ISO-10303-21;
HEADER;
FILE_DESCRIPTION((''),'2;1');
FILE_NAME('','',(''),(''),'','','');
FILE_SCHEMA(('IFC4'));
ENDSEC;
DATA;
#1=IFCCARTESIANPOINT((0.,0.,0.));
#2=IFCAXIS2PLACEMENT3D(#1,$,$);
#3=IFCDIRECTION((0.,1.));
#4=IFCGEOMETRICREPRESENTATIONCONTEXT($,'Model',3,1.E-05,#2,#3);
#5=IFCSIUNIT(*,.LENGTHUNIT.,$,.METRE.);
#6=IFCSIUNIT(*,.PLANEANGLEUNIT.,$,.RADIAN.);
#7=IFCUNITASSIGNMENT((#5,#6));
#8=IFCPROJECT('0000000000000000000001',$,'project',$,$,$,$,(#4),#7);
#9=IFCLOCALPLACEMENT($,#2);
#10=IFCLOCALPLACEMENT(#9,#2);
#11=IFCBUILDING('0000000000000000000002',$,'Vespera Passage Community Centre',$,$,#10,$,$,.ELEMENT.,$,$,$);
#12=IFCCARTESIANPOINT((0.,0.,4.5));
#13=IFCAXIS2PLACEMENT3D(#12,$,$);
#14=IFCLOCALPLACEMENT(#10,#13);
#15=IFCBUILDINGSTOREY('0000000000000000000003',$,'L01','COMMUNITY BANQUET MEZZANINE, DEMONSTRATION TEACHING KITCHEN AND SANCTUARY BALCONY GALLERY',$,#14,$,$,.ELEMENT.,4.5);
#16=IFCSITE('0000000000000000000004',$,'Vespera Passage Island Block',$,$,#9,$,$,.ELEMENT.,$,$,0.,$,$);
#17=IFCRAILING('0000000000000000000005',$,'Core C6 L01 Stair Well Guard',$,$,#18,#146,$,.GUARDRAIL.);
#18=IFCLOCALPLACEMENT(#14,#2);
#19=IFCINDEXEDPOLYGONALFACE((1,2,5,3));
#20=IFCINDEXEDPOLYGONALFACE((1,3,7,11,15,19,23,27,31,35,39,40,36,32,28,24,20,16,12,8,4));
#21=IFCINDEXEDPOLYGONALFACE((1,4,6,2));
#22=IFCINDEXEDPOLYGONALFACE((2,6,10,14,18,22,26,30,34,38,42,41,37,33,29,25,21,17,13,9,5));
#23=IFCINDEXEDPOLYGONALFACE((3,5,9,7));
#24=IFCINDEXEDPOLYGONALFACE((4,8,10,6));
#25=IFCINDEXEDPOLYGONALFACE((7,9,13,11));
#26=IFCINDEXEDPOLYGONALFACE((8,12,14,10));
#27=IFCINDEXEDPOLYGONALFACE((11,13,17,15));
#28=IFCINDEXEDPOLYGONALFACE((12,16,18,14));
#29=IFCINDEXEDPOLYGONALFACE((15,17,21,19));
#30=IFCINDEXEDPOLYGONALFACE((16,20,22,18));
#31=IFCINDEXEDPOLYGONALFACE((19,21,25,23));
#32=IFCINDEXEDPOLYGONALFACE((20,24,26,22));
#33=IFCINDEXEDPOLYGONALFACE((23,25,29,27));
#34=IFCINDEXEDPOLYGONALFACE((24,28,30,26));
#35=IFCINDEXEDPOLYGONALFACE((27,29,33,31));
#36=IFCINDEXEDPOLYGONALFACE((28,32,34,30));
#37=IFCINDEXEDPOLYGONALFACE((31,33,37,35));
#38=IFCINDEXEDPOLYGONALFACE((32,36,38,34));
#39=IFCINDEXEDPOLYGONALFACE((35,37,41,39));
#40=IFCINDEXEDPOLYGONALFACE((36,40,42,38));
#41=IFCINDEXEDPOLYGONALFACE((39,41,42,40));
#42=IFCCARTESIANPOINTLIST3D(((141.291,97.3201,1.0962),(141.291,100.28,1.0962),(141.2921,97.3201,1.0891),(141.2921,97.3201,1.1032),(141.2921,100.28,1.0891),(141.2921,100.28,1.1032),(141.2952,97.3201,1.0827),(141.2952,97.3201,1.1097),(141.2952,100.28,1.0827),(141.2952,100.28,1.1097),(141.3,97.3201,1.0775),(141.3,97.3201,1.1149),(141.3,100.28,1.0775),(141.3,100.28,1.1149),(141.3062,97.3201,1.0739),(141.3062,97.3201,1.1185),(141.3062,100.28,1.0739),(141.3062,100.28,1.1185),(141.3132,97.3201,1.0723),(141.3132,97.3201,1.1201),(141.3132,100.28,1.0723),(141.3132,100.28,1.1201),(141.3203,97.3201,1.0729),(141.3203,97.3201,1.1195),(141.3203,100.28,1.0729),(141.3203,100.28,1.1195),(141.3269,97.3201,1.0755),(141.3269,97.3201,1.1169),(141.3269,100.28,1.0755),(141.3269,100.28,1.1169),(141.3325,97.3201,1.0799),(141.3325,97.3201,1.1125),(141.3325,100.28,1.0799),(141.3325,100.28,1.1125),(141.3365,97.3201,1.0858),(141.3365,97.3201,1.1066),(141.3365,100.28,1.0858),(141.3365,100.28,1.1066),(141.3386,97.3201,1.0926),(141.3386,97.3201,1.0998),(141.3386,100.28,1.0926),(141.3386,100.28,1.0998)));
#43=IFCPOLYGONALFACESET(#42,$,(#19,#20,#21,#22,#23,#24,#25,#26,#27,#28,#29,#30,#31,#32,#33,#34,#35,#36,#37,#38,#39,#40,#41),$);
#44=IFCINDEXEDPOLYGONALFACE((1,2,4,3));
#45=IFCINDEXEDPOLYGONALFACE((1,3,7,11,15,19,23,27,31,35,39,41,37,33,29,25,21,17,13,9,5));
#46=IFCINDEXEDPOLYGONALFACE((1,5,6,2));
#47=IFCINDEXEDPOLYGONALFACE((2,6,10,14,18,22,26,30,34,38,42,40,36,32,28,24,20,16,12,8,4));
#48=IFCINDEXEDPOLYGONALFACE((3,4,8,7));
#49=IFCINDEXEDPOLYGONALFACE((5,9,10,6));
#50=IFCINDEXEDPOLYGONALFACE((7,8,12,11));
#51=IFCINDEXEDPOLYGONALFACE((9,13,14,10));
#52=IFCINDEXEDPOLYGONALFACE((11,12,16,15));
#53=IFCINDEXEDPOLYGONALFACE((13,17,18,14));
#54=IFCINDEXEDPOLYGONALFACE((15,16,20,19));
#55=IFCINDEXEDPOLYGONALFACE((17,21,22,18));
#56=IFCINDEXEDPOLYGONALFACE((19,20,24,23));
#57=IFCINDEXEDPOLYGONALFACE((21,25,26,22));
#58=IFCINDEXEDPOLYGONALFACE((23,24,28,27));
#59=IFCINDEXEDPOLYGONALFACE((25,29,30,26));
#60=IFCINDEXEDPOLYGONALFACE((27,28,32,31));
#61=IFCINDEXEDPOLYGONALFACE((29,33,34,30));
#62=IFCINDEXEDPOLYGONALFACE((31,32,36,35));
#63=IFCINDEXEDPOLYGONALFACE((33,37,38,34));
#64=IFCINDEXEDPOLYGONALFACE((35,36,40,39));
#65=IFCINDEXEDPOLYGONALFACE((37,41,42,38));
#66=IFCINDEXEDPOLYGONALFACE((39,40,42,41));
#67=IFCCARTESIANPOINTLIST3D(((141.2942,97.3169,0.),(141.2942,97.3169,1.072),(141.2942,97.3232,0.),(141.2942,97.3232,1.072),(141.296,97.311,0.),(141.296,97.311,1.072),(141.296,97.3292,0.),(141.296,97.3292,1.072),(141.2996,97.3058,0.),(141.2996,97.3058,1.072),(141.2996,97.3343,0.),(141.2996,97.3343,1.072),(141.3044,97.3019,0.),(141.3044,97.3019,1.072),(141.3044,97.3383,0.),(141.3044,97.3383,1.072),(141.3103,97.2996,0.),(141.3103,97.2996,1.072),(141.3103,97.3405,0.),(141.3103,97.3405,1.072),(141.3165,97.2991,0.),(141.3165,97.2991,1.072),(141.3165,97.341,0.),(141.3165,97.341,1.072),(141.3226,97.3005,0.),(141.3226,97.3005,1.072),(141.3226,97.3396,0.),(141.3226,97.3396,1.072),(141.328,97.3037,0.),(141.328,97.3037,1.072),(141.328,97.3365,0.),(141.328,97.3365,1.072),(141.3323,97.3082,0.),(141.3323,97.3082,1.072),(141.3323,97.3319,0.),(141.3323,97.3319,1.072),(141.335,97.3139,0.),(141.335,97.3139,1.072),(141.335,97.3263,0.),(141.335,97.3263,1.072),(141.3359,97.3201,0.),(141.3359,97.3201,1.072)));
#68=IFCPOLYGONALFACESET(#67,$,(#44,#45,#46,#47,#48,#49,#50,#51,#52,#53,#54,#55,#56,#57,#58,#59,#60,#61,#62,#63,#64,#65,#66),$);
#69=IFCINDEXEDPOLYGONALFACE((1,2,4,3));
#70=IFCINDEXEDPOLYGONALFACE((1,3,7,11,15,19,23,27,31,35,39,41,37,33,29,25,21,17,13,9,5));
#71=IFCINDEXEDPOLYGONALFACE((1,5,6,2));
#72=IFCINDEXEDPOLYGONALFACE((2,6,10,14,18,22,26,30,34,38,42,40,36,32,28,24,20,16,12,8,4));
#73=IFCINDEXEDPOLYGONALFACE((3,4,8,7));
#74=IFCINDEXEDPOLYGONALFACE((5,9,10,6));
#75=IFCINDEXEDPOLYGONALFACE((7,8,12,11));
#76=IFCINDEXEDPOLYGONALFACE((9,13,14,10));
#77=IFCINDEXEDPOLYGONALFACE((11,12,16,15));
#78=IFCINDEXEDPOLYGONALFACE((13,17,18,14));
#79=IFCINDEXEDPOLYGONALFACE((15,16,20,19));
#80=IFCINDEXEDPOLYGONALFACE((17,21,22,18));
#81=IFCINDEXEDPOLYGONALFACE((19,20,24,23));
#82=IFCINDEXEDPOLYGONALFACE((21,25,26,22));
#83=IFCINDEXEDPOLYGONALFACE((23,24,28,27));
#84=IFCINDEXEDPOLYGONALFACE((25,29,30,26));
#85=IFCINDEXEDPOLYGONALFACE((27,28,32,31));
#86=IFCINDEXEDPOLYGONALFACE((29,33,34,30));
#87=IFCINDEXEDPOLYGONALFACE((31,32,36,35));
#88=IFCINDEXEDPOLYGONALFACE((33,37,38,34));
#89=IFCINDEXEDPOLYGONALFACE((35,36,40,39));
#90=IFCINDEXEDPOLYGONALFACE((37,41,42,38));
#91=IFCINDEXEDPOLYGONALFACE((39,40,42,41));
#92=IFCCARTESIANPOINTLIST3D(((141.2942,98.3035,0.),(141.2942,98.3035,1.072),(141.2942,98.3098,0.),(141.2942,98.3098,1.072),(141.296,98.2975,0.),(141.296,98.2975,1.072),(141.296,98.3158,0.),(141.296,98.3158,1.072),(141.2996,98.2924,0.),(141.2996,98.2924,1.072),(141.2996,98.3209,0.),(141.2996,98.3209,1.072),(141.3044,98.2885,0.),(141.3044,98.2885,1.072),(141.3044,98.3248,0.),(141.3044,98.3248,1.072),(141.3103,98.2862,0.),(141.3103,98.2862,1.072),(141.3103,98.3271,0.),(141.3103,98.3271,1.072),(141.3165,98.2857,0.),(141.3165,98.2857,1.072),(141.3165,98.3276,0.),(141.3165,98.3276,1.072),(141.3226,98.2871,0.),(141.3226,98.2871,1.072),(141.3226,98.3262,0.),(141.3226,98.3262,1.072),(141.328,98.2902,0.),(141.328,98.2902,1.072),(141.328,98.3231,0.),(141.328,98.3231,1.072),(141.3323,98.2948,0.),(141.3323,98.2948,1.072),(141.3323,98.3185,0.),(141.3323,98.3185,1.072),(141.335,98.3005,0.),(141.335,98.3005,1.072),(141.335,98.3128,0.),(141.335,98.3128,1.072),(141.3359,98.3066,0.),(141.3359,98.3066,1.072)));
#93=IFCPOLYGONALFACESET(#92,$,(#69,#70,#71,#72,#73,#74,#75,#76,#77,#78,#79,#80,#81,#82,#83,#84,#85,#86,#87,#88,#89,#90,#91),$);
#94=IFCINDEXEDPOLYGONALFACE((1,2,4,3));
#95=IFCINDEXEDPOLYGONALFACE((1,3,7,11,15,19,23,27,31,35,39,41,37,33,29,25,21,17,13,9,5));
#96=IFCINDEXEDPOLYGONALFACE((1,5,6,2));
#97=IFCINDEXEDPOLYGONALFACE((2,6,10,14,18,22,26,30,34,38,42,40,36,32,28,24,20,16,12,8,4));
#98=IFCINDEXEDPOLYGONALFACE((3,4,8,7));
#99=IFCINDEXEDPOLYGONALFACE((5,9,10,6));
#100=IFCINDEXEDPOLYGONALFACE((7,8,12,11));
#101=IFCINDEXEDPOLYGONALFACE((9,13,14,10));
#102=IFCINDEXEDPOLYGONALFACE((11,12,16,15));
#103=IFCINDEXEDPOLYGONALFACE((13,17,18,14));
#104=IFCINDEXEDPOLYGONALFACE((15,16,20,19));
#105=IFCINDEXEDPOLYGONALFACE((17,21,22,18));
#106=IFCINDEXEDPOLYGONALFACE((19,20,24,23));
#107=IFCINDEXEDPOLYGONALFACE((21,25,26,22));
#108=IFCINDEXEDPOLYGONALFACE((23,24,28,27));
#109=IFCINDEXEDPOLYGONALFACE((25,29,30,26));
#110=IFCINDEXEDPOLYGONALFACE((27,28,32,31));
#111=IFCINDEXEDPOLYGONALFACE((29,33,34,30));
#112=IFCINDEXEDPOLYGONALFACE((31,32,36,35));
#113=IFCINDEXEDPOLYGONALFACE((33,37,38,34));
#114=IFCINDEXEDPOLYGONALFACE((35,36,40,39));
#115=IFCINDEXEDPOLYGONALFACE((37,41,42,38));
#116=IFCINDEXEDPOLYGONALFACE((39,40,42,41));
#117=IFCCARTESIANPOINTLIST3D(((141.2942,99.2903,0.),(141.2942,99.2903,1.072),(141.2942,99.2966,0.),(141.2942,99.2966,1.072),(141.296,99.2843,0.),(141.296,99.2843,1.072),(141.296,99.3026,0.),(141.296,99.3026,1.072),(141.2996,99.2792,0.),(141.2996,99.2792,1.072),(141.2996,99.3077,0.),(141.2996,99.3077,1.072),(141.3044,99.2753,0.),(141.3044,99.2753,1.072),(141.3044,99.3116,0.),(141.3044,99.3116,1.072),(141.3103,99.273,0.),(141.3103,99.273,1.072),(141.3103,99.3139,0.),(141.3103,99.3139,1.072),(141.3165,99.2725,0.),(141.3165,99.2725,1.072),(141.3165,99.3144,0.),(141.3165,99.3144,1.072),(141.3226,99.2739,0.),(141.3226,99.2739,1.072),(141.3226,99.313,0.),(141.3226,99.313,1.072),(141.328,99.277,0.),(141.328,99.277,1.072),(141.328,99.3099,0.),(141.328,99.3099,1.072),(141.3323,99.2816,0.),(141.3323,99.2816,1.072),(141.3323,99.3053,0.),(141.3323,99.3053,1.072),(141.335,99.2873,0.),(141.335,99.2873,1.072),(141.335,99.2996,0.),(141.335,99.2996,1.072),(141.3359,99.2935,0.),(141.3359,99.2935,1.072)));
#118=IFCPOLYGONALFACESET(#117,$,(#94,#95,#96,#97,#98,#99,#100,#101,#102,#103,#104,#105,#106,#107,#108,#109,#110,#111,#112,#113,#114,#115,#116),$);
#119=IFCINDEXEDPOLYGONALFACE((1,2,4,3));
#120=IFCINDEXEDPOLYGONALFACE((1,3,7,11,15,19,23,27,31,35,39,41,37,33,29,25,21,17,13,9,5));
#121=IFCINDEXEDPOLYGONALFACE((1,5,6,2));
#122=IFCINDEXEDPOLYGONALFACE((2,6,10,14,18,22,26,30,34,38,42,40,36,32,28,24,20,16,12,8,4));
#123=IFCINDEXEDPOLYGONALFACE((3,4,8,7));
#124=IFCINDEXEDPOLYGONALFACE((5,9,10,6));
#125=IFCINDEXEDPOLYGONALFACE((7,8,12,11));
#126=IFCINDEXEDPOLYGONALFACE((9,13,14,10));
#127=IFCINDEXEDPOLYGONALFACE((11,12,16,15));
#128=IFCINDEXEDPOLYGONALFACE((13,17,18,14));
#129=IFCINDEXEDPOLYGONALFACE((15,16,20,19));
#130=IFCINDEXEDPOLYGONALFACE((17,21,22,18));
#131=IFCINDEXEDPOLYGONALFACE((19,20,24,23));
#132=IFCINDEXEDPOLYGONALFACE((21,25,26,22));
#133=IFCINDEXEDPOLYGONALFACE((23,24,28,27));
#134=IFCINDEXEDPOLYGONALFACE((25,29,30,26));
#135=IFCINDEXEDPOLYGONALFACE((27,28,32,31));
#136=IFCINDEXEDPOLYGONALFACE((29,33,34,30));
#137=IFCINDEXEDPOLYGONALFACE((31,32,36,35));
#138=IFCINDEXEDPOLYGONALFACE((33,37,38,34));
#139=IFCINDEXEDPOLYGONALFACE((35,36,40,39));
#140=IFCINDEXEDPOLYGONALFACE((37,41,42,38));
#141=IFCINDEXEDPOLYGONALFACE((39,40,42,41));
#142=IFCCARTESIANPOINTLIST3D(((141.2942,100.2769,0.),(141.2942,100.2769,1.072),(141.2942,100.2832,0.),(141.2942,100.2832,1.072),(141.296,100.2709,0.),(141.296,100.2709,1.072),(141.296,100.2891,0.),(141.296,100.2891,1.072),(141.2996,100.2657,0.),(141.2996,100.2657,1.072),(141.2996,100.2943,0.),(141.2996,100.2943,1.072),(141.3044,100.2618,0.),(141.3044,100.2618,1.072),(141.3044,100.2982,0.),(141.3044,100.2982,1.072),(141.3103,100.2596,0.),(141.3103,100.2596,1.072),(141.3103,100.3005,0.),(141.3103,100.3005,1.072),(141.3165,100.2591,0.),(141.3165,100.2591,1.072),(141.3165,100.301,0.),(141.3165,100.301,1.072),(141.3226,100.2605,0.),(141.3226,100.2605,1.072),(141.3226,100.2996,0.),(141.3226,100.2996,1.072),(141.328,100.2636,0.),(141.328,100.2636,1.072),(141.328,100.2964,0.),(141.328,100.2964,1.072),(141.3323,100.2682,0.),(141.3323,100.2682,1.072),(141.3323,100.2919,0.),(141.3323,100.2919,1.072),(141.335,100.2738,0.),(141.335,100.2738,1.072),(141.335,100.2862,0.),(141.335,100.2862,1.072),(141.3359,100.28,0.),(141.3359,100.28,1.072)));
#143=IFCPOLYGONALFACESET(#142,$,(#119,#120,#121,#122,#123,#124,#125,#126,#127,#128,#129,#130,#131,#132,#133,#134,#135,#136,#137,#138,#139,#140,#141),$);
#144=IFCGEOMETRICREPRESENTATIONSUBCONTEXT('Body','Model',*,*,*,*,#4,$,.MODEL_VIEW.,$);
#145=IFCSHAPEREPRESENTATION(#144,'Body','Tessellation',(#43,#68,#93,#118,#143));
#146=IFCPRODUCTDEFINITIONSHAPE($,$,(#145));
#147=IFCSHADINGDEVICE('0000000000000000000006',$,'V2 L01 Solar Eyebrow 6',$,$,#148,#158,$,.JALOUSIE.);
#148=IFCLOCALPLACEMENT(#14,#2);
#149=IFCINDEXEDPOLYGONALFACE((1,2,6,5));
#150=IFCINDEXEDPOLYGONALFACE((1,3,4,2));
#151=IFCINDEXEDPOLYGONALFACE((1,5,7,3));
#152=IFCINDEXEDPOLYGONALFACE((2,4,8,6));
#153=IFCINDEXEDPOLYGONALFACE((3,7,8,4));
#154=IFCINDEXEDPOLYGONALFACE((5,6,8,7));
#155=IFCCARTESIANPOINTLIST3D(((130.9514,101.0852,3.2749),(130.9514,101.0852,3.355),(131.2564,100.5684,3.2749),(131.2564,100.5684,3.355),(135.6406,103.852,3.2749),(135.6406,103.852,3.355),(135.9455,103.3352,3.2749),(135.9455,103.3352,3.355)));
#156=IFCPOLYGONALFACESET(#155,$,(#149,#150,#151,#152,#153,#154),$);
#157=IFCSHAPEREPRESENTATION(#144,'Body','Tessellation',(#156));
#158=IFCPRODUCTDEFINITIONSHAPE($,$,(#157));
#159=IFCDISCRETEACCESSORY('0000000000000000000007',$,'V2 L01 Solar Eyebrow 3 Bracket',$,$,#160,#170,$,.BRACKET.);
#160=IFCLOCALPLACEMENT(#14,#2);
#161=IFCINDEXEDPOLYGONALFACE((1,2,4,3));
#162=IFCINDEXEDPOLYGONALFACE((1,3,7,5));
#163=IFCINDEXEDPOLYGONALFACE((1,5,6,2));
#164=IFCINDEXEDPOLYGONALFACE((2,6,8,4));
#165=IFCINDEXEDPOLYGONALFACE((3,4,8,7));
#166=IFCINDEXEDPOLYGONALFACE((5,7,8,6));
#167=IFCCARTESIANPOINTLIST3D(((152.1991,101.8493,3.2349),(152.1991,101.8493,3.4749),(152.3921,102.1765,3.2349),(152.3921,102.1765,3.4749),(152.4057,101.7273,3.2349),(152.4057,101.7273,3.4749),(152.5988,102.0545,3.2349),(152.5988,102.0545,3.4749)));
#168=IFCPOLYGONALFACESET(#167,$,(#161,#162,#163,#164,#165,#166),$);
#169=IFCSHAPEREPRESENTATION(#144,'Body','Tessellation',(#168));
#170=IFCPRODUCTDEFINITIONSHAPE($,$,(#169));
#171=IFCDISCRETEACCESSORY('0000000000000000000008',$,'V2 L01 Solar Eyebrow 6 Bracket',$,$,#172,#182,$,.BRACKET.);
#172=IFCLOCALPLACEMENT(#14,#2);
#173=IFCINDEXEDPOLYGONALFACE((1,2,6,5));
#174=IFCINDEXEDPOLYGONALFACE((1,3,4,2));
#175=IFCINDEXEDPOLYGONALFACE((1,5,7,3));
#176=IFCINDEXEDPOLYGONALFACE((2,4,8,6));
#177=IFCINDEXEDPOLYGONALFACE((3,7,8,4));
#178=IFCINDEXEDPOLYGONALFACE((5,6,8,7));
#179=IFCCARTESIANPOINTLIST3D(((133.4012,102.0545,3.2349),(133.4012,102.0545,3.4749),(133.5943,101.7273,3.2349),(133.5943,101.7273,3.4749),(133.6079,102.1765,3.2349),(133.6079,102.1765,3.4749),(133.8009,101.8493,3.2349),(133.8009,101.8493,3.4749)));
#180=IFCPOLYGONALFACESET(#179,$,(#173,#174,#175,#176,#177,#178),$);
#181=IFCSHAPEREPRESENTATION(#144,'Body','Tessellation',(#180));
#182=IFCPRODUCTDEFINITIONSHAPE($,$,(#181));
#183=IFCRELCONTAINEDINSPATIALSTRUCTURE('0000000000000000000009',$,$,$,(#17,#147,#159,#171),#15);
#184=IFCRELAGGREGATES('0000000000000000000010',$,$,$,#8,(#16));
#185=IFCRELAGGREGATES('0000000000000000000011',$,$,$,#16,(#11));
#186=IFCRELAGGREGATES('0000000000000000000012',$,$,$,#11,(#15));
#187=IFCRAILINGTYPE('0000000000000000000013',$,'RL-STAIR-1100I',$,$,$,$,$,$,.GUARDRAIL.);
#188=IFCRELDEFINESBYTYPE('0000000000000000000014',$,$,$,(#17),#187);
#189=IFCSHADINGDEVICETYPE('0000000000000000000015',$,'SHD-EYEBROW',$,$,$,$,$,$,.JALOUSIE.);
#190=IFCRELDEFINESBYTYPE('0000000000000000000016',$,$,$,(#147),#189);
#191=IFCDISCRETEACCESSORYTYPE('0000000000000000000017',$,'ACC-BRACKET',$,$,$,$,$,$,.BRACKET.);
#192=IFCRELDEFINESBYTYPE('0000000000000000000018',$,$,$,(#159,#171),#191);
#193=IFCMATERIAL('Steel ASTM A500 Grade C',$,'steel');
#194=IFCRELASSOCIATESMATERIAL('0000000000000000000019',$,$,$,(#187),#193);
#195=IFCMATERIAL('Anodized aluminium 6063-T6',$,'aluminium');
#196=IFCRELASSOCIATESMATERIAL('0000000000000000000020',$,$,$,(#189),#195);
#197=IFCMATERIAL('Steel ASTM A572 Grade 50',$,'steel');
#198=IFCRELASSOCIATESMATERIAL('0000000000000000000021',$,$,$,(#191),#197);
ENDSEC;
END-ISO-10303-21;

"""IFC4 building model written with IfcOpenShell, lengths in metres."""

from ifc_helpers import new_model, si_unit, direction, frame, origin, origin_2d, place, context, subcontext, project, spatial, rectangle, circle, extrude, material, type_object, element, save


model = new_model("IFC4")

# Units and contexts
model_context = context("Model", 3, precision=1e-05, world=origin(), true_north=direction((0.0, 1.0)))
body_context = subcontext(model_context, "Body", "Model", "MODEL_VIEW")
ifc_project = project(units=[si_unit("LENGTHUNIT", "METRE"), si_unit("PLANEANGLEUNIT", "RADIAN")], contexts=[model_context])

# Site, building, storey
site_placement = place(None, origin())
site = spatial("IfcSite", under=ifc_project, at=site_placement, Name="Vespera Passage Island Block", CompositionType="ELEMENT", RefElevation=0.0)
building_placement = place(site_placement, origin())
building = spatial("IfcBuilding", under=site, at=building_placement, Name="Vespera Passage Community Centre", CompositionType="ELEMENT")
storey_placement = place(building_placement, frame((0.0, 0.0, 4.5)))
storey = spatial("IfcBuildingStorey", under=building, at=storey_placement, Name="L01", Description="COMMUNITY BANQUET MEZZANINE, DEMONSTRATION TEACHING KITCHEN AND SANCTUARY BALCONY GALLERY", CompositionType="ELEMENT", Elevation=4.5)

# Railing
ifc_material_1 = material(Name="Steel ASTM A500 Grade C", Category="steel")
railing_type_1 = type_object("IfcRailingType", Name="RL-STAIR-1100I", PredefinedType="GUARDRAIL", material=ifc_material_1)
railing_1_placement = place(storey_placement, frame((141.3149, 97.3201, 0.0)))
element("IfcRailing", 1, at=railing_1_placement, inside=storey, type_object=railing_type_1, Name="Core C6 L01 Stair Well Guard", PredefinedType="GUARDRAIL", context=body_context, shape_type="SweptSolid", body=[
    extrude(circle(Radius=0.0239, at=origin_2d()), frame((0.0, 0.0, 1.0962), z_axis=(0.0, 1.0, 0.0), x_axis=(-1.0, 0.0, 0.0)), (0.0, 0.0, 1.0), 2.96),
    extrude(circle(Radius=0.021, at=origin_2d()), origin(), (0.0, 0.0, 1.0), 1.072),
    extrude(circle(Radius=0.021, at=origin_2d()), frame((0.0, 0.9866, 0.0)), (0.0, 0.0, 1.0), 1.072),
    extrude(circle(Radius=0.021, at=origin_2d()), frame((0.0, 1.9734, 0.0)), (0.0, 0.0, 1.0), 1.072),
    extrude(circle(Radius=0.021, at=origin_2d()), frame((0.0, 2.96, 0.0)), (0.0, 0.0, 1.0), 1.072),
])

# Shading device
ifc_material_2 = material(Name="Anodized aluminium 6063-T6", Category="aluminium")
shading_device_type = type_object("IfcShadingDeviceType", Name="SHD-EYEBROW", PredefinedType="JALOUSIE", material=ifc_material_2)
shading_device_placement = place(storey_placement, frame((133.4485, 102.2102, 3.2749), z_axis=(0.0, 0.0, 1.0), x_axis=(0.861248, 0.508185, 0.0)))
element("IfcShadingDevice", 2, at=shading_device_placement, inside=storey, type_object=shading_device_type, Name="V2 L01 Solar Eyebrow 6", PredefinedType="JALOUSIE", context=body_context, shape_type="SweptSolid", body=[
    extrude(rectangle(XDim=5.4446, YDim=0.6001, at=origin_2d()), origin(), (0.0, 0.0, 1.0), 0.0801),
])

# Discrete accessories
ifc_material_3 = material(Name="Steel ASTM A572 Grade 50", Category="steel")
discrete_accessory_type = type_object("IfcDiscreteAccessoryType", Name="ACC-BRACKET", PredefinedType="BRACKET", material=ifc_material_3)
for number, where, z_axis, x_axis, name in (
    (3, (152.3989, 101.9519, 3.2349), (0.0, 0.0, 1.0), (0.861248, -0.508185, 0.0), "V2 L01 Solar Eyebrow 3 Bracket"),
    (4, (133.6011, 101.9519, 3.2349), (0.0, 0.0, 1.0), (0.861248, 0.508185, 0.0), "V2 L01 Solar Eyebrow 6 Bracket"),
):
    element("IfcDiscreteAccessory", number, at=place(storey_placement, frame(where, z_axis=z_axis, x_axis=x_axis)), inside=storey, type_object=discrete_accessory_type, Name=name, PredefinedType="BRACKET", context=body_context, shape_type="SweptSolid", body=[
        extrude(rectangle(XDim=0.24, YDim=0.3799, at=origin_2d()), origin(), (0.0, 0.0, 1.0), 0.24),
    ])

save(model, "model.ifc")
